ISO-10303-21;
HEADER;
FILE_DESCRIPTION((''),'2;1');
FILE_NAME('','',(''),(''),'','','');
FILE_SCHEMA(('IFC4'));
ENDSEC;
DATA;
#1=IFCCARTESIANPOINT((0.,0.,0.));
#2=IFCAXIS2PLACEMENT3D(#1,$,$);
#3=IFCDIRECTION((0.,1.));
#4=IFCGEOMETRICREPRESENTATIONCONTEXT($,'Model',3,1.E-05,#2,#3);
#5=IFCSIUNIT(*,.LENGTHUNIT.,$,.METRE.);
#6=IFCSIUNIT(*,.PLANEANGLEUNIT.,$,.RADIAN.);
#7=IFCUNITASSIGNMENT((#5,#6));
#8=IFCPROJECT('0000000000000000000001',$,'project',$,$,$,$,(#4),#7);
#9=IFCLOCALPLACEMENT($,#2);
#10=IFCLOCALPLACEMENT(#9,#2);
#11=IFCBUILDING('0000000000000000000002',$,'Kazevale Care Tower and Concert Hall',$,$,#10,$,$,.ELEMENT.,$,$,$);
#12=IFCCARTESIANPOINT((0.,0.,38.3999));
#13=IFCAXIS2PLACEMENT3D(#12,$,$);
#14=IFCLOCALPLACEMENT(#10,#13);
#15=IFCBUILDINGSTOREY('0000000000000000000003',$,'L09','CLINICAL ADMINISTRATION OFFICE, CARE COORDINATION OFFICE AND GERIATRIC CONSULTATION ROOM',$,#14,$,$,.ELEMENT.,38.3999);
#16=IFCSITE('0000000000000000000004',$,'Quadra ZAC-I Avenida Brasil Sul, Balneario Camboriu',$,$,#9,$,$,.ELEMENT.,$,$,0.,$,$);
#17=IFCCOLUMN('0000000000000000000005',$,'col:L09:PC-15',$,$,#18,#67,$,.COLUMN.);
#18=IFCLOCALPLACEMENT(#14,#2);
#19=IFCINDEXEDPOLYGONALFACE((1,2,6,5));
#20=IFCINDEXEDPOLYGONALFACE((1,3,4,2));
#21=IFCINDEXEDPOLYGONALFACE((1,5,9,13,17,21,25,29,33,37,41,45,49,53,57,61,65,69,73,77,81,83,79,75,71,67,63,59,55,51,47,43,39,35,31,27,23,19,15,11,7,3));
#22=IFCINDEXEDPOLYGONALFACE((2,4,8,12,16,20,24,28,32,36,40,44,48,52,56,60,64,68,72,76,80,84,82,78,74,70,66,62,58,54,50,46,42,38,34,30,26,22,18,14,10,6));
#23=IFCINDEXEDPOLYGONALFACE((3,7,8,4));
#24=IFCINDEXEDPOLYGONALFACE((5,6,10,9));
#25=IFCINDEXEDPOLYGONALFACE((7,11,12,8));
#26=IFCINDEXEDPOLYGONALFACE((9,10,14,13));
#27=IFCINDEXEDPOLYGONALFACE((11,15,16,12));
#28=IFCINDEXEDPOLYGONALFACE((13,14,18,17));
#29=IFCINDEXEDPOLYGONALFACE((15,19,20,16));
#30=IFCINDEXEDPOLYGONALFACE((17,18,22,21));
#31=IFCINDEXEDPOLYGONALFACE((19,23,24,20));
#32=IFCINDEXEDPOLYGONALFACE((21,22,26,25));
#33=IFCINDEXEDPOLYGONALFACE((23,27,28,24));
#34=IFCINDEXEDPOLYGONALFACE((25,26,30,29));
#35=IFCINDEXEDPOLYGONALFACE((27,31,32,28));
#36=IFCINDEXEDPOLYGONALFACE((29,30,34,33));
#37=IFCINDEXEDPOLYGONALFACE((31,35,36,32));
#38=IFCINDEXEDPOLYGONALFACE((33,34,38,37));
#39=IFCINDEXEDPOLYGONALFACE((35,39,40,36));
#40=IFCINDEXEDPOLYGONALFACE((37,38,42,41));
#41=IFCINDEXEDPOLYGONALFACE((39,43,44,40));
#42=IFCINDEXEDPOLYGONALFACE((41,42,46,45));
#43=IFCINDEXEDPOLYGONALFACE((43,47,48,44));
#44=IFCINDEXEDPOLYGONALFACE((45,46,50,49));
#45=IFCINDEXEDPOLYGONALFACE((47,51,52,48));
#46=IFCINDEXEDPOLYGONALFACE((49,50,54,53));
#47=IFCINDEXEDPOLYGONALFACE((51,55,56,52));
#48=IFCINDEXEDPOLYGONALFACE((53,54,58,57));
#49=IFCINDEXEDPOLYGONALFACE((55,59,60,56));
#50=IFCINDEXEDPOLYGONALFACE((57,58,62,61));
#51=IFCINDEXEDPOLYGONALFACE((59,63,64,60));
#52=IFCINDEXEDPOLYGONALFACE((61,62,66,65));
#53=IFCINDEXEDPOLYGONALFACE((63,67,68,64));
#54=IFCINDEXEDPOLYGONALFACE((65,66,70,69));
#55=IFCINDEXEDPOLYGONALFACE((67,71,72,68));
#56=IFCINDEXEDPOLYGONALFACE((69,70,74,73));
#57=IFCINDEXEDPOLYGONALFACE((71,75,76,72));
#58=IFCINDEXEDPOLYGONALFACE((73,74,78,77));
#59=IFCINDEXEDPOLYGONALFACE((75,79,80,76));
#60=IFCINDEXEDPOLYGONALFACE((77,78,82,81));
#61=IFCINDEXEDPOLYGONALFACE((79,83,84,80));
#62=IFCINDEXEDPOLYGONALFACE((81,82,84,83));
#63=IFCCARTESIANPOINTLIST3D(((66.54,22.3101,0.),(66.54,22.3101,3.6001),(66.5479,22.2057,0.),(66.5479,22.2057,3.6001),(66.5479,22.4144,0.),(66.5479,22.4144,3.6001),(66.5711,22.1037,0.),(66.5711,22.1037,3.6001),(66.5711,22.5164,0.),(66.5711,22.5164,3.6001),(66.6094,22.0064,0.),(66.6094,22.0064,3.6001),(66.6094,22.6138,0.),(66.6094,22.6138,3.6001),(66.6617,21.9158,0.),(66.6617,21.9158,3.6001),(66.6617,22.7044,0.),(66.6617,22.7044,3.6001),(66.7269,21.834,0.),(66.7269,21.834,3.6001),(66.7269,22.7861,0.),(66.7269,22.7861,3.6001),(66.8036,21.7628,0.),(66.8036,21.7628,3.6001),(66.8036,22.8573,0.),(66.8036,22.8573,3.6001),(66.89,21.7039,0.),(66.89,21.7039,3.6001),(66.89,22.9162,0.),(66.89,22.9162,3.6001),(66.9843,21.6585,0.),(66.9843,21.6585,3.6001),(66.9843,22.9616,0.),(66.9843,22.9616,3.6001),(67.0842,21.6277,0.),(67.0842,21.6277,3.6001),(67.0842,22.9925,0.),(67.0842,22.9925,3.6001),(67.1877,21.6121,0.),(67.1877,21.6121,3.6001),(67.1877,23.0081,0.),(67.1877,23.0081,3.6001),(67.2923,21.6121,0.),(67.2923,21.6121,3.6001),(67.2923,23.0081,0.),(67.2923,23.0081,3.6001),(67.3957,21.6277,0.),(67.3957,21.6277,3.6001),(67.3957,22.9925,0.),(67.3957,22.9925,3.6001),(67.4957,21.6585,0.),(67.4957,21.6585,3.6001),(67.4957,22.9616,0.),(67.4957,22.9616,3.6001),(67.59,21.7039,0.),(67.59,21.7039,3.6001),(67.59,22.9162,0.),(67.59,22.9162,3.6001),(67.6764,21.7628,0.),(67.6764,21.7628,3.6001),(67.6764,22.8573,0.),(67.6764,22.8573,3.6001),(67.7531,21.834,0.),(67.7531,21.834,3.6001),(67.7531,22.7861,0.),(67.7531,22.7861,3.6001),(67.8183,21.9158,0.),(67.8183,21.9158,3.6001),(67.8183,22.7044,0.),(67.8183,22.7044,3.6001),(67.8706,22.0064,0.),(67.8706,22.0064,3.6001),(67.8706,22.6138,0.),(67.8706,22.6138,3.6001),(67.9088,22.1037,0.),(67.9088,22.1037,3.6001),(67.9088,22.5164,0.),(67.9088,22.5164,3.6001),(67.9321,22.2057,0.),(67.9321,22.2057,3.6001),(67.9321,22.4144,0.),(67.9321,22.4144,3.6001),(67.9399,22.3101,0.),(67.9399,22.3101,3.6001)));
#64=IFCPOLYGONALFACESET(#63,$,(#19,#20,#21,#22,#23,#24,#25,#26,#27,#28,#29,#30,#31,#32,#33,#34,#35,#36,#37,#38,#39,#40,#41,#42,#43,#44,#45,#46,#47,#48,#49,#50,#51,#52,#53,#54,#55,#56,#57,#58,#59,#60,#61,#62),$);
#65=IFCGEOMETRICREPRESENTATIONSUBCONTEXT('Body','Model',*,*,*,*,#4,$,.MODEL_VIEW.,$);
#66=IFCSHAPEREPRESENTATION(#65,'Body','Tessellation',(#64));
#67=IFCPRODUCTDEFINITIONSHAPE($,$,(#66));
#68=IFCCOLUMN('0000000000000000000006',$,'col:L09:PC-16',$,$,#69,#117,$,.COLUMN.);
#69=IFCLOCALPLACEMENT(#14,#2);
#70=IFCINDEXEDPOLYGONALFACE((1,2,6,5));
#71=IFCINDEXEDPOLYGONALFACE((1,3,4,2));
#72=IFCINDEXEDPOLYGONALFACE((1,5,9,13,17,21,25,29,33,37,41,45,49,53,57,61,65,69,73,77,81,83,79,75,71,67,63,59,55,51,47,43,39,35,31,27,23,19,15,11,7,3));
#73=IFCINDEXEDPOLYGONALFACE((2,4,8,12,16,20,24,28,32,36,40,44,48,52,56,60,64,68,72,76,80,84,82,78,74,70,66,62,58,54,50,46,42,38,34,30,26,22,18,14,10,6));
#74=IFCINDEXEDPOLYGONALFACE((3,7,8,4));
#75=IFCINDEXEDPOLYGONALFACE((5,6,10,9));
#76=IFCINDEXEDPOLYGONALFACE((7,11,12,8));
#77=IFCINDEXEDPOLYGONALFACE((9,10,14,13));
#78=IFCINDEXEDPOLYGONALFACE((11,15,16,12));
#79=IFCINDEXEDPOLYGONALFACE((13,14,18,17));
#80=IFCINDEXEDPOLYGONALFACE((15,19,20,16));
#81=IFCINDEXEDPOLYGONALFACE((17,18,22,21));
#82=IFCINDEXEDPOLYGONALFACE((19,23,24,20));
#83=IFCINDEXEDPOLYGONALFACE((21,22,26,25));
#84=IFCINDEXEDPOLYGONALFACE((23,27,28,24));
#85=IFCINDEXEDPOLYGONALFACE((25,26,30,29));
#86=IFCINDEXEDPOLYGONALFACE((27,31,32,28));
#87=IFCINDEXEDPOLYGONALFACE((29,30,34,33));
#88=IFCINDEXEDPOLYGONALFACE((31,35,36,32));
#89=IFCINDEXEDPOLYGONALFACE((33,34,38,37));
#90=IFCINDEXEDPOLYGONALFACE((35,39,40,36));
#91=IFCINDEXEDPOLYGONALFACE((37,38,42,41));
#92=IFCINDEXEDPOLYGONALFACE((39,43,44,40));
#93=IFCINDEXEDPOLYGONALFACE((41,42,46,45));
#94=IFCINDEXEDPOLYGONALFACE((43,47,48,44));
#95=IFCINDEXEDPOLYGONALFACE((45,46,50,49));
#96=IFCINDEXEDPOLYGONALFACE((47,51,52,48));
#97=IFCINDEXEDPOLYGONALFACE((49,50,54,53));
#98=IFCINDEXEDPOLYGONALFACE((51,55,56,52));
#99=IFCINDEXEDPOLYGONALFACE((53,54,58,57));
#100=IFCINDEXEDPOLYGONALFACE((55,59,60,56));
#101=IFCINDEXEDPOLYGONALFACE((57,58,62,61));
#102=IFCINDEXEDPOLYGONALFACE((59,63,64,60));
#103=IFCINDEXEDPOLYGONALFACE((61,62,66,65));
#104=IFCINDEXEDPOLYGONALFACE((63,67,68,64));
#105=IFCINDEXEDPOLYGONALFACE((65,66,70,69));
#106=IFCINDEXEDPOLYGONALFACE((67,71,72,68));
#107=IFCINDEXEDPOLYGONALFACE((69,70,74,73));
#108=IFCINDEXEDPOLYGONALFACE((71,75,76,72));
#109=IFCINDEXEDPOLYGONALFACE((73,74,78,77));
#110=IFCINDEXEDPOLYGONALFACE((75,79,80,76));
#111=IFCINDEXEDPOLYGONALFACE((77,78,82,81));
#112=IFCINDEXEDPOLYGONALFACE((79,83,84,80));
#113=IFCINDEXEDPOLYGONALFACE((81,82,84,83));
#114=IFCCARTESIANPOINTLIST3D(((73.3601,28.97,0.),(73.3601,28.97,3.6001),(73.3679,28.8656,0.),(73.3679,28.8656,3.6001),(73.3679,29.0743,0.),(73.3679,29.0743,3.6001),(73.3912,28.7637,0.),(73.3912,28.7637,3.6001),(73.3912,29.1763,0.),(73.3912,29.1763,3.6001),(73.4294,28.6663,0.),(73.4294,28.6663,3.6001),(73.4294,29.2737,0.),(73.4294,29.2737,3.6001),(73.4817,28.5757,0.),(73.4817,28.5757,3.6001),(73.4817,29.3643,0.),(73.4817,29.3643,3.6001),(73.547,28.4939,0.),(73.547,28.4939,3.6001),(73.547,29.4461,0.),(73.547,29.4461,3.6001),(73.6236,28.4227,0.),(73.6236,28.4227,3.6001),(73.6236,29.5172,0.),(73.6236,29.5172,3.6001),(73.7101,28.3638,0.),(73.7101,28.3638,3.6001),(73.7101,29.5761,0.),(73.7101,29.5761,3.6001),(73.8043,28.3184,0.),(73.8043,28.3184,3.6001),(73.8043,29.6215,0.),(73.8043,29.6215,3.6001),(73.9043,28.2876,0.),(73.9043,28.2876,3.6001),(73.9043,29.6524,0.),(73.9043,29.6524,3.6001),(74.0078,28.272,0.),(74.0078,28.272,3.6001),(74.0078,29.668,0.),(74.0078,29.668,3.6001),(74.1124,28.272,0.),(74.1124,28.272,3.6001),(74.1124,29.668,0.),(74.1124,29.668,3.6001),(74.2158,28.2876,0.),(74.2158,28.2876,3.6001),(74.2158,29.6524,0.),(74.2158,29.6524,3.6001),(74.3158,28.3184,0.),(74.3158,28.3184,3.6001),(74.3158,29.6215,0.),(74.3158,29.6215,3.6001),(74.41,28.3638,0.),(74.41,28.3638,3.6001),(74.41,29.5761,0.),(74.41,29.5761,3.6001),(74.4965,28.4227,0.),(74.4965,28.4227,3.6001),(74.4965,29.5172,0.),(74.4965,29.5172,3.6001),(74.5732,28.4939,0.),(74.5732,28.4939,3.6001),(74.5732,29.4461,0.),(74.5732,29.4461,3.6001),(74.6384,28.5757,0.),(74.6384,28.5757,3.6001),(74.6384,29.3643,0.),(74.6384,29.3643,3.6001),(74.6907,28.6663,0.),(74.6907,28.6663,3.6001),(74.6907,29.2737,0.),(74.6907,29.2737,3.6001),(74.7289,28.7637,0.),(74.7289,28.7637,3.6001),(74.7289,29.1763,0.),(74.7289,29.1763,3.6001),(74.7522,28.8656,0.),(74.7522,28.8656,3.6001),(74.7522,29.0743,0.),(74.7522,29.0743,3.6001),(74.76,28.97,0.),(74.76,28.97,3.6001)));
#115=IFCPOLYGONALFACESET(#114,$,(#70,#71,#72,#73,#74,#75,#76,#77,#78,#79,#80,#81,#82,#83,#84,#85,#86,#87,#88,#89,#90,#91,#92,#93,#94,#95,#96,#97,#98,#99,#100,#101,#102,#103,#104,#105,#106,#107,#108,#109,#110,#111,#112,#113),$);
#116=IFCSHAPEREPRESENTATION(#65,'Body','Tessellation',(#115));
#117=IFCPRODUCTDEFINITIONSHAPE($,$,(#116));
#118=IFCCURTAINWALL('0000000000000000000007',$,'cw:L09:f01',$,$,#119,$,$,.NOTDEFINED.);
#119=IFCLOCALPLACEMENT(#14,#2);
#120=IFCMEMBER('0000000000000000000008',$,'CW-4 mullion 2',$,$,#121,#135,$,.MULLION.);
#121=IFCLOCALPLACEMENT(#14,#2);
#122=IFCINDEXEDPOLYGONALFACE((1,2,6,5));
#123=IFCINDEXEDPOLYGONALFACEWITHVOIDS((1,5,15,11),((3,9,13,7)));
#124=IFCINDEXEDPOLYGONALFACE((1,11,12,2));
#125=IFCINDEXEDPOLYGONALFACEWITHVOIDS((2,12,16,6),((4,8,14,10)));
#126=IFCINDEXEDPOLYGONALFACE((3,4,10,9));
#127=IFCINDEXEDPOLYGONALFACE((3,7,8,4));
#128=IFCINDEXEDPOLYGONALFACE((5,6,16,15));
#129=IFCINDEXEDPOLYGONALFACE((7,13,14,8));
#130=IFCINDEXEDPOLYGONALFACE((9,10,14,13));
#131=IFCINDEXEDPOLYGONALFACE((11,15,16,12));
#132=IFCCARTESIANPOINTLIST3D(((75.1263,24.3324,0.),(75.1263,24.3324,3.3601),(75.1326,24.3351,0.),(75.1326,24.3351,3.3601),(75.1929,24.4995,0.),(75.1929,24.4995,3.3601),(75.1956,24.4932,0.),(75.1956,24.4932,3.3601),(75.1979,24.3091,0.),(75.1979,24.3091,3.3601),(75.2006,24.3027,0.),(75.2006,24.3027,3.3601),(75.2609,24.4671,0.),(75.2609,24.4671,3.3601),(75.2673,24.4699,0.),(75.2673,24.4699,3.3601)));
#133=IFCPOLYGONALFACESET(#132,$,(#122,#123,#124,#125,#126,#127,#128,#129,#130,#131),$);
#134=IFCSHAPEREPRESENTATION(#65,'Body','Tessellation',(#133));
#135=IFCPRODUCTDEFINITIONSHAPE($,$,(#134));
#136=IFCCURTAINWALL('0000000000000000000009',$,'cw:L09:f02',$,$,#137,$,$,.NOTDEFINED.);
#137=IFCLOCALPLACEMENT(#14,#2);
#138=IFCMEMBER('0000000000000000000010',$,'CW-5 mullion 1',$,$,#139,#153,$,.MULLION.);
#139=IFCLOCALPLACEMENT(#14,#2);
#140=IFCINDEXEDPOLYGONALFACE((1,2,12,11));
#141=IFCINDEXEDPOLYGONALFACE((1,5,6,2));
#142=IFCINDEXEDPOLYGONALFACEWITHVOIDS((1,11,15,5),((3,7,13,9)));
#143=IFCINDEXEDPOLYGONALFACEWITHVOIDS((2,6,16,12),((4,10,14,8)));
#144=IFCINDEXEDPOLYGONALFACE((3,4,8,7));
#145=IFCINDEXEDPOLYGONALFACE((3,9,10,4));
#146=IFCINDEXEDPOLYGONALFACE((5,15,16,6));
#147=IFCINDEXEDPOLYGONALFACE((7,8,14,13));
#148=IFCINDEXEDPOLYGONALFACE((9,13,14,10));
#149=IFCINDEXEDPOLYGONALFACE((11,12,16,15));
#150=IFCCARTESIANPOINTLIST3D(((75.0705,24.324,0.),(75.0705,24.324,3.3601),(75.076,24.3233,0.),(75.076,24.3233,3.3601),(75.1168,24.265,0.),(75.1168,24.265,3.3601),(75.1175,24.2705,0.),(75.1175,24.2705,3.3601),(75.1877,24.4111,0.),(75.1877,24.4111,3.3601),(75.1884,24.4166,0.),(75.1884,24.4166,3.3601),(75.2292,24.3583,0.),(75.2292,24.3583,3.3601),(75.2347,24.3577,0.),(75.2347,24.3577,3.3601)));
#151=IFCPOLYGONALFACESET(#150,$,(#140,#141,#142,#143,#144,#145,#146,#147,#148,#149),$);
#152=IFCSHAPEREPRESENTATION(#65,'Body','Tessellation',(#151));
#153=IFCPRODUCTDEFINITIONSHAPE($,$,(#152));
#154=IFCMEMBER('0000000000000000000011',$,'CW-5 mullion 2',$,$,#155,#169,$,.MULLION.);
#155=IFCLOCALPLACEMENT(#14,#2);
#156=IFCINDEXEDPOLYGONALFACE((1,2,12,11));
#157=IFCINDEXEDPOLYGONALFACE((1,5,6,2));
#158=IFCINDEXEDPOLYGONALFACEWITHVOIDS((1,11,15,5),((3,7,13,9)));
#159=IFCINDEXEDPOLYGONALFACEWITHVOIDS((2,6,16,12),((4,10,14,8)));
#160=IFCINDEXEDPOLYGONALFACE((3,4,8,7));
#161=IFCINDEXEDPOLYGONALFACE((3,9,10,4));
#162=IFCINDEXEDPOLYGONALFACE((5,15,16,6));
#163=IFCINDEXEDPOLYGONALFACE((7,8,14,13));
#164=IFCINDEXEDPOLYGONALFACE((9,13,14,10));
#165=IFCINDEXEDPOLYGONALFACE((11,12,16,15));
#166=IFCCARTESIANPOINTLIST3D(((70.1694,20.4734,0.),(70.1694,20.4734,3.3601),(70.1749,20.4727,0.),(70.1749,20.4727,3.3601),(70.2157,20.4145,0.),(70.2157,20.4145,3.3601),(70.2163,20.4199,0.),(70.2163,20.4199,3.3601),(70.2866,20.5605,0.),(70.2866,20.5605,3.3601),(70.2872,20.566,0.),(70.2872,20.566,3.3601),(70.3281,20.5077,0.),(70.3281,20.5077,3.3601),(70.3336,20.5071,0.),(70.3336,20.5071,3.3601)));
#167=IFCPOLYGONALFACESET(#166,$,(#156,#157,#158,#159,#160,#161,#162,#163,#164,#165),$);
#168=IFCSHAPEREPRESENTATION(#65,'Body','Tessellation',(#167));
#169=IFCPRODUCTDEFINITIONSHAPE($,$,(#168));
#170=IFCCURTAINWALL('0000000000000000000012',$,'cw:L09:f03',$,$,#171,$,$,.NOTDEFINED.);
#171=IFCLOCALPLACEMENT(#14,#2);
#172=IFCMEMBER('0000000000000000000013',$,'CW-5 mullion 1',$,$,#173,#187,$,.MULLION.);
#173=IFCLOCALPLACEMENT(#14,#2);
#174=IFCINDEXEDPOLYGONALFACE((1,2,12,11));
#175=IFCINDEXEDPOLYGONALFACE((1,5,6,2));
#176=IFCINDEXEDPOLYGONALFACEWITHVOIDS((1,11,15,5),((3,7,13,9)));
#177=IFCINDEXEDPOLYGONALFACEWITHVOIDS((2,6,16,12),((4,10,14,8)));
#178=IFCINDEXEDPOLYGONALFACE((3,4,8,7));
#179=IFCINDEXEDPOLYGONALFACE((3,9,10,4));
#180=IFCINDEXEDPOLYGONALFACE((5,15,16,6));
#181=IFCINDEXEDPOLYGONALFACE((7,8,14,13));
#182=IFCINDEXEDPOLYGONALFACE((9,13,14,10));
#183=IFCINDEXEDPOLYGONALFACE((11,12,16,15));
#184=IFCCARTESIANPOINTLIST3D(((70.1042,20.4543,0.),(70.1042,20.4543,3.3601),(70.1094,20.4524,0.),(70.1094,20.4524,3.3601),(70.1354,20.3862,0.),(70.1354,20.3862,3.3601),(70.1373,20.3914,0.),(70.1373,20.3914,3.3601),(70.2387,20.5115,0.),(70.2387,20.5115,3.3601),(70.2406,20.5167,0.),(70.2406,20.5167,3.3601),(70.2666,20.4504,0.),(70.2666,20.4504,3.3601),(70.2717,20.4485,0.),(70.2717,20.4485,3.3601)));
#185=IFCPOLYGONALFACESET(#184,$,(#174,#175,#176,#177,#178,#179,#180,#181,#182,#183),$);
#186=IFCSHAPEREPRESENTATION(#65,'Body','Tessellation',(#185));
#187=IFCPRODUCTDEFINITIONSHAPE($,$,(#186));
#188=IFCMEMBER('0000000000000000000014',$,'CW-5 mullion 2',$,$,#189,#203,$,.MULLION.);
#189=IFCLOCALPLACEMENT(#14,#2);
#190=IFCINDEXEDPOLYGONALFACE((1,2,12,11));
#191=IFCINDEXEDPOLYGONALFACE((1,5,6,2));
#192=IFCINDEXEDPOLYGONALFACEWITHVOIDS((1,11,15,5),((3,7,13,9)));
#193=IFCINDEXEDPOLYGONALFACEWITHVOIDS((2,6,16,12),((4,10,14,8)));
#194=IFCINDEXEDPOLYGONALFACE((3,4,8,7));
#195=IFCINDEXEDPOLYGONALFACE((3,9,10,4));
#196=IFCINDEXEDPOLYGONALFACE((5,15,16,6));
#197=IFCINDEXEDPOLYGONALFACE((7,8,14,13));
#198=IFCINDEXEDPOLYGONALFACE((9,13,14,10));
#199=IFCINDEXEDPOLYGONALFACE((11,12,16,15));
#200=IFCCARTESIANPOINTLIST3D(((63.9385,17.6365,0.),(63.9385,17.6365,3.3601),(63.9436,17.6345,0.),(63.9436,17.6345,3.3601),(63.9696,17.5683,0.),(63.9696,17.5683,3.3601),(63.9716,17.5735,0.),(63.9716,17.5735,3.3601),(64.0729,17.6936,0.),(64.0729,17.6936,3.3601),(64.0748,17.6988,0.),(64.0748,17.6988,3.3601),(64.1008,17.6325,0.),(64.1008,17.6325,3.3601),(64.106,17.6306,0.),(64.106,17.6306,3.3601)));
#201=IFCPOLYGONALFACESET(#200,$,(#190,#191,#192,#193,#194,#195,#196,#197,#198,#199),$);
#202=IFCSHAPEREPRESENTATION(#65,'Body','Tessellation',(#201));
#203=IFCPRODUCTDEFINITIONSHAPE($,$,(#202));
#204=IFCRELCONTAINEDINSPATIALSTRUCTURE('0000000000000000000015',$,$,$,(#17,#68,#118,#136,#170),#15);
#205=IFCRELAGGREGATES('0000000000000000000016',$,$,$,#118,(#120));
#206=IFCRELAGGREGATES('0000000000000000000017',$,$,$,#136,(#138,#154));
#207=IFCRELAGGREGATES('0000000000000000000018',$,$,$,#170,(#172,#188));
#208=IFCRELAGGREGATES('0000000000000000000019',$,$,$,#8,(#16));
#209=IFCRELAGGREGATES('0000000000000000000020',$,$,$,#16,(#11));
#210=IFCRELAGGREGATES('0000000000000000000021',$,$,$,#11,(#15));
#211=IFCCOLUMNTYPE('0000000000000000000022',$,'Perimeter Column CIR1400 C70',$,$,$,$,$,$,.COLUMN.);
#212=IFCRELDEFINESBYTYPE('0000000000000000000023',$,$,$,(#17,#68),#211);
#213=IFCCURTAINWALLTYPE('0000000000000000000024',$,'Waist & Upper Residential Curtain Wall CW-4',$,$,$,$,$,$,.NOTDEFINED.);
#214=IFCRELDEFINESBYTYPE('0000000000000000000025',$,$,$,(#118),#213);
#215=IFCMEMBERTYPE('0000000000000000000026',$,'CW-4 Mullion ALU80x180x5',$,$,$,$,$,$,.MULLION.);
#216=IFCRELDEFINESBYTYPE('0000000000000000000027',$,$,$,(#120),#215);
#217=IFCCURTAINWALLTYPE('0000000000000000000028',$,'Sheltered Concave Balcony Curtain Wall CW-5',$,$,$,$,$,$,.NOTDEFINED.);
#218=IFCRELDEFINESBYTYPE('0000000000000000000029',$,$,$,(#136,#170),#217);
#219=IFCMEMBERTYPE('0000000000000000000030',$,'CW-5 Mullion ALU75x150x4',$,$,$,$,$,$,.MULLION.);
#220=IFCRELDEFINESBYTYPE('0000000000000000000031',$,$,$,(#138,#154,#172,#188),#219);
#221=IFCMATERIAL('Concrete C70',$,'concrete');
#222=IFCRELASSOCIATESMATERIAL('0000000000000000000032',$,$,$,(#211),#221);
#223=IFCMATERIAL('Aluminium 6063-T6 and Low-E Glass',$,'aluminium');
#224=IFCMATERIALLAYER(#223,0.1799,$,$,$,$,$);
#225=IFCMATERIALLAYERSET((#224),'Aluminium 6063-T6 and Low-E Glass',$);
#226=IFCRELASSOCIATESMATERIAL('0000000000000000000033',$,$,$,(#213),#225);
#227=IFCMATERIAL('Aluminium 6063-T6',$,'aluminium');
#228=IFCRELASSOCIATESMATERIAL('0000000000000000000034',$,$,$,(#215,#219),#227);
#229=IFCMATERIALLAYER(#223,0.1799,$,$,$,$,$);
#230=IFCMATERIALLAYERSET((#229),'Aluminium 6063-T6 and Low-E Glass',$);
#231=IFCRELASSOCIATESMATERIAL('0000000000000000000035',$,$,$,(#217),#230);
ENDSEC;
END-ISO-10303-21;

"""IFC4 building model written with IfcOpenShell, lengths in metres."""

from ifc_helpers import new_model, si_unit, direction, frame, origin, origin_2d, place, context, subcontext, project, spatial, hollow_rectangle, circle, extrude, material, layer, layer_set, material_profile, profile_set, type_object, element, aggregate, save


model = new_model("IFC4")

# Units and contexts
model_context = context("Model", 3, precision=1e-05, world=origin(), true_north=direction((0.0, 1.0)))
body_context = subcontext(model_context, "Body", "Model", "MODEL_VIEW")
ifc_project = project(units=[si_unit("LENGTHUNIT", "METRE"), si_unit("PLANEANGLEUNIT", "RADIAN")], contexts=[model_context])

# Site, building, storey
site_placement = place(None, origin())
site = spatial("IfcSite", under=ifc_project, at=site_placement, Name="Quadra ZAC-I Avenida Brasil Sul, Balneario Camboriu", CompositionType="ELEMENT", RefElevation=0.0)
building_placement = place(site_placement, origin())
building = spatial("IfcBuilding", under=site, at=building_placement, Name="Kazevale Care Tower and Concert Hall", CompositionType="ELEMENT")
storey_placement = place(building_placement, frame((0.0, 0.0, 38.3999)))
storey = spatial("IfcBuildingStorey", under=building, at=storey_placement, Name="L09", Description="CLINICAL ADMINISTRATION OFFICE, CARE COORDINATION OFFICE AND GERIATRIC CONSULTATION ROOM", CompositionType="ELEMENT", Elevation=38.3999)

# Columns
ifc_material_1 = material(Name="Concrete C70", Category="concrete")
ifc_material_profile_1 = material_profile(ifc_material_1, circle(Radius=0.7, at=origin_2d()), Name="RC-CIR1400")
ifc_profile_set_1 = profile_set([ifc_material_profile_1], Name="Concrete C70")
column_type = type_object("IfcColumnType", Name="Perimeter Column CIR1400 C70", PredefinedType="COLUMN", material=ifc_profile_set_1)
for number, where, z_axis, x_axis, name in (
    (1, (67.24, 22.3101, 0.0), (0.0, 0.0, 1.0), (1.0, 0.0, 0.0), "col:L09:PC-15"),
    (2, (74.0601, 28.97, 0.0), (0.0, 0.0, 1.0), (1.0, 0.0, 0.0), "col:L09:PC-16"),
):
    element("IfcColumn", number, at=place(storey_placement, frame(where, z_axis=z_axis, x_axis=x_axis)), inside=storey, type_object=column_type, Name=name, PredefinedType="COLUMN", context=body_context, shape_type="SweptSolid", body=[
        extrude(circle(Radius=0.7, at=origin_2d()), origin(), (0.0, 0.0, 1.0), 3.6001),
    ])

# Curtain wall, member
ifc_material_2 = material(Name="Aluminium 6063-T6 and Low-E Glass", Category="aluminium")
ifc_layer_1 = layer(ifc_material_2, 0.1799)
ifc_layer_set_1 = layer_set([ifc_layer_1], Name="Aluminium 6063-T6 and Low-E Glass")
curtain_wall_type_1 = type_object("IfcCurtainWallType", Name="Waist & Upper Residential Curtain Wall CW-4", PredefinedType="NOTDEFINED", material=ifc_layer_set_1)
curtain_wall_1_placement = place(storey_placement, origin())
curtain_wall_1 = element("IfcCurtainWall", 3, at=curtain_wall_1_placement, inside=storey, type_object=curtain_wall_type_1, Name="cw:L09:f01", PredefinedType="NOTDEFINED")
ifc_material_3 = material(Name="Aluminium 6063-T6", Category="aluminium")
ifc_material_profile_2 = material_profile(ifc_material_3, hollow_rectangle(XDim=0.0801, YDim=0.1799, WallThickness=0.0049, at=origin_2d()), Name="ALU80x180x5")
ifc_profile_set_2 = profile_set([ifc_material_profile_2], Name="Aluminium 6063-T6")
member_type_1 = type_object("IfcMemberType", Name="CW-4 Mullion ALU80x180x5", PredefinedType="MULLION", material=ifc_profile_set_2)
member_1_placement = place(storey_placement, frame((75.1968, 24.4011, 0.0), z_axis=(0.0, 0.0, 1.0), x_axis=(0.928861, -0.370427, 0.0)))
member_1 = element("IfcMember", 4, at=member_1_placement, type_object=member_type_1, Name="CW-4 mullion 2", PredefinedType="MULLION", context=body_context, shape_type="SweptSolid", body=[
    extrude(hollow_rectangle(XDim=0.0801, YDim=0.1799, WallThickness=0.0049, at=origin_2d()), origin(), (0.0, 0.0, 1.0), 3.3601),
])
aggregate(curtain_wall_1, [member_1])

# Curtain walls, members
ifc_layer_2 = layer(ifc_material_2, 0.1799)
ifc_layer_set_2 = layer_set([ifc_layer_2], Name="Aluminium 6063-T6 and Low-E Glass")
curtain_wall_type_2 = type_object("IfcCurtainWallType", Name="Sheltered Concave Balcony Curtain Wall CW-5", PredefinedType="NOTDEFINED", material=ifc_layer_set_2)
curtain_wall_2_placement = place(storey_placement, origin())
curtain_wall_2 = element("IfcCurtainWall", 5, at=curtain_wall_2_placement, inside=storey, type_object=curtain_wall_type_2, Name="cw:L09:f02", PredefinedType="NOTDEFINED")
ifc_material_profile_3 = material_profile(ifc_material_3, hollow_rectangle(XDim=0.075, YDim=0.1499, WallThickness=0.0039, at=origin_2d()), Name="ALU75x150x4")
ifc_profile_set_3 = profile_set([ifc_material_profile_3], Name="Aluminium 6063-T6")
member_type_2 = type_object("IfcMemberType", Name="CW-5 Mullion ALU75x150x4", PredefinedType="MULLION", material=ifc_profile_set_3)
member_2_placement = place(storey_placement, frame((75.1526, 24.3408, 0.0), z_axis=(0.0, 0.0, 1.0), x_axis=(0.617808, -0.786329, 0.0)))
member_2 = element("IfcMember", 6, at=member_2_placement, type_object=member_type_2, Name="CW-5 mullion 1", PredefinedType="MULLION", context=body_context, shape_type="SweptSolid", body=[
    extrude(hollow_rectangle(XDim=0.075, YDim=0.1499, WallThickness=0.0039, at=origin_2d()), origin(), (0.0, 0.0, 1.0), 3.3601),
])
member_3_placement = place(storey_placement, frame((70.2515, 20.4902, 0.0), z_axis=(0.0, 0.0, 1.0), x_axis=(0.617808, -0.786329, 0.0)))
member_3 = element("IfcMember", 7, at=member_3_placement, type_object=member_type_2, Name="CW-5 mullion 2", PredefinedType="MULLION", context=body_context, shape_type="SweptSolid", body=[
    extrude(hollow_rectangle(XDim=0.075, YDim=0.1499, WallThickness=0.0039, at=origin_2d()), origin(), (0.0, 0.0, 1.0), 3.3601),
])
curtain_wall_3_placement = place(storey_placement, origin())
curtain_wall_3 = element("IfcCurtainWall", 8, at=curtain_wall_3_placement, inside=storey, type_object=curtain_wall_type_2, Name="cw:L09:f03", PredefinedType="NOTDEFINED")
member_4_placement = place(storey_placement, frame((70.188, 20.4514, 0.0), z_axis=(0.0, 0.0, 1.0), x_axis=(0.41566, -0.90952, 0.0)))
member_4 = element("IfcMember", 9, at=member_4_placement, type_object=member_type_2, Name="CW-5 mullion 1", PredefinedType="MULLION", context=body_context, shape_type="SweptSolid", body=[
    extrude(hollow_rectangle(XDim=0.075, YDim=0.1499, WallThickness=0.0039, at=origin_2d()), origin(), (0.0, 0.0, 1.0), 3.3601),
])
member_5_placement = place(storey_placement, frame((64.0222, 17.6335, 0.0), z_axis=(0.0, 0.0, 1.0), x_axis=(0.41566, -0.90952, 0.0)))
member_5 = element("IfcMember", 10, at=member_5_placement, type_object=member_type_2, Name="CW-5 mullion 2", PredefinedType="MULLION", context=body_context, shape_type="SweptSolid", body=[
    extrude(hollow_rectangle(XDim=0.075, YDim=0.1499, WallThickness=0.0039, at=origin_2d()), origin(), (0.0, 0.0, 1.0), 3.3601),
])

aggregate(curtain_wall_2, [member_2, member_3])
aggregate(curtain_wall_3, [member_4, member_5])

save(model, "model.ifc")
